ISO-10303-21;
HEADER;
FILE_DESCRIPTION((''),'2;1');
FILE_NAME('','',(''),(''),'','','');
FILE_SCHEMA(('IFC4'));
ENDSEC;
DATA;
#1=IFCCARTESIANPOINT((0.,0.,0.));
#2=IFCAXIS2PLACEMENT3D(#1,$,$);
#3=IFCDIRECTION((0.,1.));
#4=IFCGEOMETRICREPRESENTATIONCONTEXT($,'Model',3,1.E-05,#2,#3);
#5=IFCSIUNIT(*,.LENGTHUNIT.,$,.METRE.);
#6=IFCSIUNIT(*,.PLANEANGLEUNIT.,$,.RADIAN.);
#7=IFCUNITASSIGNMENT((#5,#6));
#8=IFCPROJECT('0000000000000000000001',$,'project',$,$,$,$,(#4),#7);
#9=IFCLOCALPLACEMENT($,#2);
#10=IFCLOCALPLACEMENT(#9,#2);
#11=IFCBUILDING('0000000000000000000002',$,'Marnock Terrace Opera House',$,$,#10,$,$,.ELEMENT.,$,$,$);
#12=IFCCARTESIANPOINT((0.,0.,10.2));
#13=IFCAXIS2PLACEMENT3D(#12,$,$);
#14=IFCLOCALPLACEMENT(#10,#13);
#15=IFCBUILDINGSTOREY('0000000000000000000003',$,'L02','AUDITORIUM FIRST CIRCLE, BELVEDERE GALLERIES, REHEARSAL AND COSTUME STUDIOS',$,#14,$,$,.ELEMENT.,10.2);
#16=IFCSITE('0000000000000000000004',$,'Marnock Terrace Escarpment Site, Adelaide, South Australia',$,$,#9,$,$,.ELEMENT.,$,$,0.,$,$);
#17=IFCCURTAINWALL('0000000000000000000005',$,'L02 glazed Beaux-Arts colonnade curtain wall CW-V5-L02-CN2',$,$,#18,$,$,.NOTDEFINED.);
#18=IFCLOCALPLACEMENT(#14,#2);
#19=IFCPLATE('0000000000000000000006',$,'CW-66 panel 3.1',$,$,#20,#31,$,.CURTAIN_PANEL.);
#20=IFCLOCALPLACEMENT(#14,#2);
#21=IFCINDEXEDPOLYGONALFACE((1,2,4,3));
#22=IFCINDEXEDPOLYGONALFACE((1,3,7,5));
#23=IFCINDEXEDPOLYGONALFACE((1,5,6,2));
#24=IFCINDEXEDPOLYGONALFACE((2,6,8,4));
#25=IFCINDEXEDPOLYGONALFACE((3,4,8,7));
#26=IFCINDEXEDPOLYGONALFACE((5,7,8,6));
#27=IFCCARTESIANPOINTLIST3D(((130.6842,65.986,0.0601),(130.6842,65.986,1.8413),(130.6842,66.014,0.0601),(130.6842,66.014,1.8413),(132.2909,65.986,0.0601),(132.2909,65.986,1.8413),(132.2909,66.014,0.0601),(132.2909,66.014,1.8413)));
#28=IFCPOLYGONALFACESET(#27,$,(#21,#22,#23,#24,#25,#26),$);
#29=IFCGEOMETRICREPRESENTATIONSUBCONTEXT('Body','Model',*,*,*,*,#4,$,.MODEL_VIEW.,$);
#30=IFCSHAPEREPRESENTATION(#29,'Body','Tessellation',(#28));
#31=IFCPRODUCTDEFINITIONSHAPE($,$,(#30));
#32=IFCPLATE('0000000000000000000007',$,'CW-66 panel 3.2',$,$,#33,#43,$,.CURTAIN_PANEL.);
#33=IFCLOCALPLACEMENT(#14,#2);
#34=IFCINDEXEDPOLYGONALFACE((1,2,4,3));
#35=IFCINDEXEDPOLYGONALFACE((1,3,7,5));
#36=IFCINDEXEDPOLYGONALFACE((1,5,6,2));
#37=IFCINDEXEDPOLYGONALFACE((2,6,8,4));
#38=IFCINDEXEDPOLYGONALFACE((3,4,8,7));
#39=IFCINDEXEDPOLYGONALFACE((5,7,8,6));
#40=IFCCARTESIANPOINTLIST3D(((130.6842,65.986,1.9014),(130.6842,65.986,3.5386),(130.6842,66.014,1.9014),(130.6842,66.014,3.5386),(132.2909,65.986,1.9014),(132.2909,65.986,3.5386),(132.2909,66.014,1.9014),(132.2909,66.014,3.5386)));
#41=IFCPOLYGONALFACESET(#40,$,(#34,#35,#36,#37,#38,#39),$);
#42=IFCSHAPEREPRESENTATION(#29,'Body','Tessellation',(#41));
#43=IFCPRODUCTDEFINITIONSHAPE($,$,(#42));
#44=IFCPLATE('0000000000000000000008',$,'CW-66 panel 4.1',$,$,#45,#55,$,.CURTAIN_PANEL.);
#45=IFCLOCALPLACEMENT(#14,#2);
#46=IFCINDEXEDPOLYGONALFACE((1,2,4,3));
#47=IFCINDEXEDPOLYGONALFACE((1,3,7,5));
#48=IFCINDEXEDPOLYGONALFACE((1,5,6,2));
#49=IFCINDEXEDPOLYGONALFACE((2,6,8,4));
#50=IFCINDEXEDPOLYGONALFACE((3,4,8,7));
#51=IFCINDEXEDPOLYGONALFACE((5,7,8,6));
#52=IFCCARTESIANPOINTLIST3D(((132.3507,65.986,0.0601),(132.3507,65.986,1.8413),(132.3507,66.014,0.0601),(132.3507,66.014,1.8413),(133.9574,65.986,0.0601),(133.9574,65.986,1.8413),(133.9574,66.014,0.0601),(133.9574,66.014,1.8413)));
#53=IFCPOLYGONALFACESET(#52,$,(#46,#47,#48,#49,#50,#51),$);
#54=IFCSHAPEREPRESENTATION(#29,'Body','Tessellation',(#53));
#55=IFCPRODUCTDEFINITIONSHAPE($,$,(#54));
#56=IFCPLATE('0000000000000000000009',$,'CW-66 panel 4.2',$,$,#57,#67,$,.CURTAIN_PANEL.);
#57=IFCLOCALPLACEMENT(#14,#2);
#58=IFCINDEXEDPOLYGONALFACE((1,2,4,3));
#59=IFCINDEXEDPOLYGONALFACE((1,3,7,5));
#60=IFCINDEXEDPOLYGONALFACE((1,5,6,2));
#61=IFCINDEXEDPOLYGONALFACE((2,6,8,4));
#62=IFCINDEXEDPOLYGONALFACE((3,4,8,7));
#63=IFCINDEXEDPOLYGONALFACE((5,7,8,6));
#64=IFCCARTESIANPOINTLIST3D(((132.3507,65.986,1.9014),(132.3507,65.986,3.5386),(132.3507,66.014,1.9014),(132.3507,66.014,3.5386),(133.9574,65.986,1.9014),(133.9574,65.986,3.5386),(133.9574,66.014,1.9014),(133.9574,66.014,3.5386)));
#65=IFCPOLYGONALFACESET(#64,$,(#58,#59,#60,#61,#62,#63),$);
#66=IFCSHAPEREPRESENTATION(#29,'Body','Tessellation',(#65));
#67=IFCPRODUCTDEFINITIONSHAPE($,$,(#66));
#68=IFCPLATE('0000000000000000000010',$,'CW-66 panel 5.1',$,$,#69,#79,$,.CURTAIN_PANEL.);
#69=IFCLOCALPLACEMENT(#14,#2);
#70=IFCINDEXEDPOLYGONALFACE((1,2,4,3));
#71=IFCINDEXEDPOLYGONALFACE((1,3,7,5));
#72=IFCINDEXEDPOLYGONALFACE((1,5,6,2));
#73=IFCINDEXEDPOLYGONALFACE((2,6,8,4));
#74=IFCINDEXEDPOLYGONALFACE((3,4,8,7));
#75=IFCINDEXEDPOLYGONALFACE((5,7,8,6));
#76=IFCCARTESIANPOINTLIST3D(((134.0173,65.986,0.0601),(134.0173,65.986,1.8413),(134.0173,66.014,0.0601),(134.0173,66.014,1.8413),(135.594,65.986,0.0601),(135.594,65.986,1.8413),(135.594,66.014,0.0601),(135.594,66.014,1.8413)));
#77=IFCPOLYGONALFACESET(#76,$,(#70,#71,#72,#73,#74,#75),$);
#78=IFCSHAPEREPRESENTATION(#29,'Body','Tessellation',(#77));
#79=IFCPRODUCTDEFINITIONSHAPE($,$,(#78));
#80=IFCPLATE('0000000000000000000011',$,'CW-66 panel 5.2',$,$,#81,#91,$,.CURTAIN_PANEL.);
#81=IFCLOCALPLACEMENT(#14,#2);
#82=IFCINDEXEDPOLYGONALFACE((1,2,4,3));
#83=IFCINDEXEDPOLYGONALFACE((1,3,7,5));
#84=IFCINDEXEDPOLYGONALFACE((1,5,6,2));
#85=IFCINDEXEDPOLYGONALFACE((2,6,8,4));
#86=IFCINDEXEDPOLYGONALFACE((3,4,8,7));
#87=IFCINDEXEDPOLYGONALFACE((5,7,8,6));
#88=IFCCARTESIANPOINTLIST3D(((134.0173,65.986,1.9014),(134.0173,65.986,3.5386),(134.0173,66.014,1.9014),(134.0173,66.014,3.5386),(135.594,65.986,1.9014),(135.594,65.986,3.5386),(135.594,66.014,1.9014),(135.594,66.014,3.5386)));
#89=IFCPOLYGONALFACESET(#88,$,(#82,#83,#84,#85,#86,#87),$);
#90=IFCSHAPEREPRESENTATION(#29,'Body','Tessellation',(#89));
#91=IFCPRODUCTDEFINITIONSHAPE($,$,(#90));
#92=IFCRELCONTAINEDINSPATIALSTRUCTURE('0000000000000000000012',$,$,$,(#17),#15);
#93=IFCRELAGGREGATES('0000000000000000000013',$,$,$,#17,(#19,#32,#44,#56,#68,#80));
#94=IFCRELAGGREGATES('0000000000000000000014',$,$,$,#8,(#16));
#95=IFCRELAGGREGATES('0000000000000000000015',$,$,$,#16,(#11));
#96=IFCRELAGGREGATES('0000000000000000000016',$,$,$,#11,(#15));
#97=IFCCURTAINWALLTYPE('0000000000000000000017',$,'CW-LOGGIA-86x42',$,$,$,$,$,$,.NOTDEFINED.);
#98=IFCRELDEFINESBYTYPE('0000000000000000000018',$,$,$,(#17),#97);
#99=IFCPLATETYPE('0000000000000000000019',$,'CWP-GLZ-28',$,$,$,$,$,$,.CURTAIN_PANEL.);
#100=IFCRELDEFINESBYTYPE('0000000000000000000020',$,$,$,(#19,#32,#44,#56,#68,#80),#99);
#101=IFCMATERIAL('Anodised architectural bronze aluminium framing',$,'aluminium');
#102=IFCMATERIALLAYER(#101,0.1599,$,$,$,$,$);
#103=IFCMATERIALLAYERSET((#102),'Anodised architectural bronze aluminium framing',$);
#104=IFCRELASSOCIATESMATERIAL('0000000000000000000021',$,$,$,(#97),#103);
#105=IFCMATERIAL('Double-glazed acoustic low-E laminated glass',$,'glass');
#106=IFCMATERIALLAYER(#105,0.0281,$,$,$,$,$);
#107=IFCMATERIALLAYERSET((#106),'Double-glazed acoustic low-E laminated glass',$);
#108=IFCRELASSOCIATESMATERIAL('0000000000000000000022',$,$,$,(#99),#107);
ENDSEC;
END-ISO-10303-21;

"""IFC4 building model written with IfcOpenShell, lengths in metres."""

from ifc_helpers import new_model, si_unit, direction, frame, origin, origin_2d, place, context, subcontext, project, spatial, rectangle, extrude, material, layer, layer_set, type_object, element, aggregate, save


model = new_model("IFC4")

# Units and contexts
model_context = context("Model", 3, precision=1e-05, world=origin(), true_north=direction((0.0, 1.0)))
body_context = subcontext(model_context, "Body", "Model", "MODEL_VIEW")
ifc_project = project(units=[si_unit("LENGTHUNIT", "METRE"), si_unit("PLANEANGLEUNIT", "RADIAN")], contexts=[model_context])

# Site, building, storey
site_placement = place(None, origin())
site = spatial("IfcSite", under=ifc_project, at=site_placement, Name="Marnock Terrace Escarpment Site, Adelaide, South Australia", CompositionType="ELEMENT", RefElevation=0.0)
building_placement = place(site_placement, origin())
building = spatial("IfcBuilding", under=site, at=building_placement, Name="Marnock Terrace Opera House", CompositionType="ELEMENT")
storey_placement = place(building_placement, frame((0.0, 0.0, 10.2)))
storey = spatial("IfcBuildingStorey", under=building, at=storey_placement, Name="L02", Description="AUDITORIUM FIRST CIRCLE, BELVEDERE GALLERIES, REHEARSAL AND COSTUME STUDIOS", CompositionType="ELEMENT", Elevation=10.2)

# Shared definitions
ifc_material_1 = material(Name="Anodised architectural bronze aluminium framing", Category="aluminium")
ifc_layer_1 = layer(ifc_material_1, 0.1599)
ifc_layer_set_1 = layer_set([ifc_layer_1], Name="Anodised architectural bronze aluminium framing")
curtain_wall_type = type_object("IfcCurtainWallType", Name="CW-LOGGIA-86x42", PredefinedType="NOTDEFINED", material=ifc_layer_set_1)

# Curtain wall
curtain_wall_1_placement = place(storey_placement, origin())
curtain_wall_1 = element("IfcCurtainWall", 1, at=curtain_wall_1_placement, inside=storey, type_object=curtain_wall_type, Name="L02 glazed Beaux-Arts colonnade curtain wall CW-V5-L02-CN2", PredefinedType="NOTDEFINED")

# Plates
ifc_material_2 = material(Name="Double-glazed acoustic low-E laminated glass", Category="glass")
ifc_layer_2 = layer(ifc_material_2, 0.0281)
ifc_layer_set_2 = layer_set([ifc_layer_2], Name="Double-glazed acoustic low-E laminated glass")
plate_type = type_object("IfcPlateType", Name="CWP-GLZ-28", PredefinedType="CURTAIN_PANEL", material=ifc_layer_set_2)
plate_1_placement = place(storey_placement, frame((131.4875, 66.0, 0.0601), z_axis=(0.0, 0.0, 1.0), x_axis=(1.0, 0.0, 0.0)))
plate_1 = element("IfcPlate", 2, at=plate_1_placement, type_object=plate_type, Name="CW-66 panel 3.1", PredefinedType="CURTAIN_PANEL", context=body_context, shape_type="SweptSolid", body=[
    extrude(rectangle(XDim=1.6067, YDim=0.0281, at=origin_2d()), origin(), (0.0, 0.0, 1.0), 1.7812),
])
plate_2_placement = place(storey_placement, frame((131.4875, 66.0, 1.9014), z_axis=(0.0, 0.0, 1.0), x_axis=(1.0, 0.0, 0.0)))
plate_2 = element("IfcPlate", 3, at=plate_2_placement, type_object=plate_type, Name="CW-66 panel 3.2", PredefinedType="CURTAIN_PANEL", context=body_context, shape_type="SweptSolid", body=[
    extrude(rectangle(XDim=1.6067, YDim=0.0281, at=origin_2d()), origin(), (0.0, 0.0, 1.0), 1.6372),
])
plate_3_placement = place(storey_placement, frame((133.1541, 66.0, 0.0601), z_axis=(0.0, 0.0, 1.0), x_axis=(1.0, 0.0, 0.0)))
plate_3 = element("IfcPlate", 4, at=plate_3_placement, type_object=plate_type, Name="CW-66 panel 4.1", PredefinedType="CURTAIN_PANEL", context=body_context, shape_type="SweptSolid", body=[
    extrude(rectangle(XDim=1.6067, YDim=0.0281, at=origin_2d()), origin(), (0.0, 0.0, 1.0), 1.7812),
])
plate_4_placement = place(storey_placement, frame((133.1541, 66.0, 1.9014), z_axis=(0.0, 0.0, 1.0), x_axis=(1.0, 0.0, 0.0)))
plate_4 = element("IfcPlate", 5, at=plate_4_placement, type_object=plate_type, Name="CW-66 panel 4.2", PredefinedType="CURTAIN_PANEL", context=body_context, shape_type="SweptSolid", body=[
    extrude(rectangle(XDim=1.6067, YDim=0.0281, at=origin_2d()), origin(), (0.0, 0.0, 1.0), 1.6372),
])
plate_5_placement = place(storey_placement, frame((134.8057, 66.0, 0.0601), z_axis=(0.0, 0.0, 1.0), x_axis=(1.0, 0.0, 0.0)))
plate_5 = element("IfcPlate", 6, at=plate_5_placement, type_object=plate_type, Name="CW-66 panel 5.1", PredefinedType="CURTAIN_PANEL", context=body_context, shape_type="SweptSolid", body=[
    extrude(rectangle(XDim=1.5767, YDim=0.0281, at=origin_2d()), origin(), (0.0, 0.0, 1.0), 1.7812),
])
plate_6_placement = place(storey_placement, frame((134.8057, 66.0, 1.9014), z_axis=(0.0, 0.0, 1.0), x_axis=(1.0, 0.0, 0.0)))
plate_6 = element("IfcPlate", 7, at=plate_6_placement, type_object=plate_type, Name="CW-66 panel 5.2", PredefinedType="CURTAIN_PANEL", context=body_context, shape_type="SweptSolid", body=[
    extrude(rectangle(XDim=1.5767, YDim=0.0281, at=origin_2d()), origin(), (0.0, 0.0, 1.0), 1.6372),
])
aggregate(curtain_wall_1, [plate_1, plate_2, plate_3, plate_4, plate_5, plate_6])

save(model, "model.ifc")
